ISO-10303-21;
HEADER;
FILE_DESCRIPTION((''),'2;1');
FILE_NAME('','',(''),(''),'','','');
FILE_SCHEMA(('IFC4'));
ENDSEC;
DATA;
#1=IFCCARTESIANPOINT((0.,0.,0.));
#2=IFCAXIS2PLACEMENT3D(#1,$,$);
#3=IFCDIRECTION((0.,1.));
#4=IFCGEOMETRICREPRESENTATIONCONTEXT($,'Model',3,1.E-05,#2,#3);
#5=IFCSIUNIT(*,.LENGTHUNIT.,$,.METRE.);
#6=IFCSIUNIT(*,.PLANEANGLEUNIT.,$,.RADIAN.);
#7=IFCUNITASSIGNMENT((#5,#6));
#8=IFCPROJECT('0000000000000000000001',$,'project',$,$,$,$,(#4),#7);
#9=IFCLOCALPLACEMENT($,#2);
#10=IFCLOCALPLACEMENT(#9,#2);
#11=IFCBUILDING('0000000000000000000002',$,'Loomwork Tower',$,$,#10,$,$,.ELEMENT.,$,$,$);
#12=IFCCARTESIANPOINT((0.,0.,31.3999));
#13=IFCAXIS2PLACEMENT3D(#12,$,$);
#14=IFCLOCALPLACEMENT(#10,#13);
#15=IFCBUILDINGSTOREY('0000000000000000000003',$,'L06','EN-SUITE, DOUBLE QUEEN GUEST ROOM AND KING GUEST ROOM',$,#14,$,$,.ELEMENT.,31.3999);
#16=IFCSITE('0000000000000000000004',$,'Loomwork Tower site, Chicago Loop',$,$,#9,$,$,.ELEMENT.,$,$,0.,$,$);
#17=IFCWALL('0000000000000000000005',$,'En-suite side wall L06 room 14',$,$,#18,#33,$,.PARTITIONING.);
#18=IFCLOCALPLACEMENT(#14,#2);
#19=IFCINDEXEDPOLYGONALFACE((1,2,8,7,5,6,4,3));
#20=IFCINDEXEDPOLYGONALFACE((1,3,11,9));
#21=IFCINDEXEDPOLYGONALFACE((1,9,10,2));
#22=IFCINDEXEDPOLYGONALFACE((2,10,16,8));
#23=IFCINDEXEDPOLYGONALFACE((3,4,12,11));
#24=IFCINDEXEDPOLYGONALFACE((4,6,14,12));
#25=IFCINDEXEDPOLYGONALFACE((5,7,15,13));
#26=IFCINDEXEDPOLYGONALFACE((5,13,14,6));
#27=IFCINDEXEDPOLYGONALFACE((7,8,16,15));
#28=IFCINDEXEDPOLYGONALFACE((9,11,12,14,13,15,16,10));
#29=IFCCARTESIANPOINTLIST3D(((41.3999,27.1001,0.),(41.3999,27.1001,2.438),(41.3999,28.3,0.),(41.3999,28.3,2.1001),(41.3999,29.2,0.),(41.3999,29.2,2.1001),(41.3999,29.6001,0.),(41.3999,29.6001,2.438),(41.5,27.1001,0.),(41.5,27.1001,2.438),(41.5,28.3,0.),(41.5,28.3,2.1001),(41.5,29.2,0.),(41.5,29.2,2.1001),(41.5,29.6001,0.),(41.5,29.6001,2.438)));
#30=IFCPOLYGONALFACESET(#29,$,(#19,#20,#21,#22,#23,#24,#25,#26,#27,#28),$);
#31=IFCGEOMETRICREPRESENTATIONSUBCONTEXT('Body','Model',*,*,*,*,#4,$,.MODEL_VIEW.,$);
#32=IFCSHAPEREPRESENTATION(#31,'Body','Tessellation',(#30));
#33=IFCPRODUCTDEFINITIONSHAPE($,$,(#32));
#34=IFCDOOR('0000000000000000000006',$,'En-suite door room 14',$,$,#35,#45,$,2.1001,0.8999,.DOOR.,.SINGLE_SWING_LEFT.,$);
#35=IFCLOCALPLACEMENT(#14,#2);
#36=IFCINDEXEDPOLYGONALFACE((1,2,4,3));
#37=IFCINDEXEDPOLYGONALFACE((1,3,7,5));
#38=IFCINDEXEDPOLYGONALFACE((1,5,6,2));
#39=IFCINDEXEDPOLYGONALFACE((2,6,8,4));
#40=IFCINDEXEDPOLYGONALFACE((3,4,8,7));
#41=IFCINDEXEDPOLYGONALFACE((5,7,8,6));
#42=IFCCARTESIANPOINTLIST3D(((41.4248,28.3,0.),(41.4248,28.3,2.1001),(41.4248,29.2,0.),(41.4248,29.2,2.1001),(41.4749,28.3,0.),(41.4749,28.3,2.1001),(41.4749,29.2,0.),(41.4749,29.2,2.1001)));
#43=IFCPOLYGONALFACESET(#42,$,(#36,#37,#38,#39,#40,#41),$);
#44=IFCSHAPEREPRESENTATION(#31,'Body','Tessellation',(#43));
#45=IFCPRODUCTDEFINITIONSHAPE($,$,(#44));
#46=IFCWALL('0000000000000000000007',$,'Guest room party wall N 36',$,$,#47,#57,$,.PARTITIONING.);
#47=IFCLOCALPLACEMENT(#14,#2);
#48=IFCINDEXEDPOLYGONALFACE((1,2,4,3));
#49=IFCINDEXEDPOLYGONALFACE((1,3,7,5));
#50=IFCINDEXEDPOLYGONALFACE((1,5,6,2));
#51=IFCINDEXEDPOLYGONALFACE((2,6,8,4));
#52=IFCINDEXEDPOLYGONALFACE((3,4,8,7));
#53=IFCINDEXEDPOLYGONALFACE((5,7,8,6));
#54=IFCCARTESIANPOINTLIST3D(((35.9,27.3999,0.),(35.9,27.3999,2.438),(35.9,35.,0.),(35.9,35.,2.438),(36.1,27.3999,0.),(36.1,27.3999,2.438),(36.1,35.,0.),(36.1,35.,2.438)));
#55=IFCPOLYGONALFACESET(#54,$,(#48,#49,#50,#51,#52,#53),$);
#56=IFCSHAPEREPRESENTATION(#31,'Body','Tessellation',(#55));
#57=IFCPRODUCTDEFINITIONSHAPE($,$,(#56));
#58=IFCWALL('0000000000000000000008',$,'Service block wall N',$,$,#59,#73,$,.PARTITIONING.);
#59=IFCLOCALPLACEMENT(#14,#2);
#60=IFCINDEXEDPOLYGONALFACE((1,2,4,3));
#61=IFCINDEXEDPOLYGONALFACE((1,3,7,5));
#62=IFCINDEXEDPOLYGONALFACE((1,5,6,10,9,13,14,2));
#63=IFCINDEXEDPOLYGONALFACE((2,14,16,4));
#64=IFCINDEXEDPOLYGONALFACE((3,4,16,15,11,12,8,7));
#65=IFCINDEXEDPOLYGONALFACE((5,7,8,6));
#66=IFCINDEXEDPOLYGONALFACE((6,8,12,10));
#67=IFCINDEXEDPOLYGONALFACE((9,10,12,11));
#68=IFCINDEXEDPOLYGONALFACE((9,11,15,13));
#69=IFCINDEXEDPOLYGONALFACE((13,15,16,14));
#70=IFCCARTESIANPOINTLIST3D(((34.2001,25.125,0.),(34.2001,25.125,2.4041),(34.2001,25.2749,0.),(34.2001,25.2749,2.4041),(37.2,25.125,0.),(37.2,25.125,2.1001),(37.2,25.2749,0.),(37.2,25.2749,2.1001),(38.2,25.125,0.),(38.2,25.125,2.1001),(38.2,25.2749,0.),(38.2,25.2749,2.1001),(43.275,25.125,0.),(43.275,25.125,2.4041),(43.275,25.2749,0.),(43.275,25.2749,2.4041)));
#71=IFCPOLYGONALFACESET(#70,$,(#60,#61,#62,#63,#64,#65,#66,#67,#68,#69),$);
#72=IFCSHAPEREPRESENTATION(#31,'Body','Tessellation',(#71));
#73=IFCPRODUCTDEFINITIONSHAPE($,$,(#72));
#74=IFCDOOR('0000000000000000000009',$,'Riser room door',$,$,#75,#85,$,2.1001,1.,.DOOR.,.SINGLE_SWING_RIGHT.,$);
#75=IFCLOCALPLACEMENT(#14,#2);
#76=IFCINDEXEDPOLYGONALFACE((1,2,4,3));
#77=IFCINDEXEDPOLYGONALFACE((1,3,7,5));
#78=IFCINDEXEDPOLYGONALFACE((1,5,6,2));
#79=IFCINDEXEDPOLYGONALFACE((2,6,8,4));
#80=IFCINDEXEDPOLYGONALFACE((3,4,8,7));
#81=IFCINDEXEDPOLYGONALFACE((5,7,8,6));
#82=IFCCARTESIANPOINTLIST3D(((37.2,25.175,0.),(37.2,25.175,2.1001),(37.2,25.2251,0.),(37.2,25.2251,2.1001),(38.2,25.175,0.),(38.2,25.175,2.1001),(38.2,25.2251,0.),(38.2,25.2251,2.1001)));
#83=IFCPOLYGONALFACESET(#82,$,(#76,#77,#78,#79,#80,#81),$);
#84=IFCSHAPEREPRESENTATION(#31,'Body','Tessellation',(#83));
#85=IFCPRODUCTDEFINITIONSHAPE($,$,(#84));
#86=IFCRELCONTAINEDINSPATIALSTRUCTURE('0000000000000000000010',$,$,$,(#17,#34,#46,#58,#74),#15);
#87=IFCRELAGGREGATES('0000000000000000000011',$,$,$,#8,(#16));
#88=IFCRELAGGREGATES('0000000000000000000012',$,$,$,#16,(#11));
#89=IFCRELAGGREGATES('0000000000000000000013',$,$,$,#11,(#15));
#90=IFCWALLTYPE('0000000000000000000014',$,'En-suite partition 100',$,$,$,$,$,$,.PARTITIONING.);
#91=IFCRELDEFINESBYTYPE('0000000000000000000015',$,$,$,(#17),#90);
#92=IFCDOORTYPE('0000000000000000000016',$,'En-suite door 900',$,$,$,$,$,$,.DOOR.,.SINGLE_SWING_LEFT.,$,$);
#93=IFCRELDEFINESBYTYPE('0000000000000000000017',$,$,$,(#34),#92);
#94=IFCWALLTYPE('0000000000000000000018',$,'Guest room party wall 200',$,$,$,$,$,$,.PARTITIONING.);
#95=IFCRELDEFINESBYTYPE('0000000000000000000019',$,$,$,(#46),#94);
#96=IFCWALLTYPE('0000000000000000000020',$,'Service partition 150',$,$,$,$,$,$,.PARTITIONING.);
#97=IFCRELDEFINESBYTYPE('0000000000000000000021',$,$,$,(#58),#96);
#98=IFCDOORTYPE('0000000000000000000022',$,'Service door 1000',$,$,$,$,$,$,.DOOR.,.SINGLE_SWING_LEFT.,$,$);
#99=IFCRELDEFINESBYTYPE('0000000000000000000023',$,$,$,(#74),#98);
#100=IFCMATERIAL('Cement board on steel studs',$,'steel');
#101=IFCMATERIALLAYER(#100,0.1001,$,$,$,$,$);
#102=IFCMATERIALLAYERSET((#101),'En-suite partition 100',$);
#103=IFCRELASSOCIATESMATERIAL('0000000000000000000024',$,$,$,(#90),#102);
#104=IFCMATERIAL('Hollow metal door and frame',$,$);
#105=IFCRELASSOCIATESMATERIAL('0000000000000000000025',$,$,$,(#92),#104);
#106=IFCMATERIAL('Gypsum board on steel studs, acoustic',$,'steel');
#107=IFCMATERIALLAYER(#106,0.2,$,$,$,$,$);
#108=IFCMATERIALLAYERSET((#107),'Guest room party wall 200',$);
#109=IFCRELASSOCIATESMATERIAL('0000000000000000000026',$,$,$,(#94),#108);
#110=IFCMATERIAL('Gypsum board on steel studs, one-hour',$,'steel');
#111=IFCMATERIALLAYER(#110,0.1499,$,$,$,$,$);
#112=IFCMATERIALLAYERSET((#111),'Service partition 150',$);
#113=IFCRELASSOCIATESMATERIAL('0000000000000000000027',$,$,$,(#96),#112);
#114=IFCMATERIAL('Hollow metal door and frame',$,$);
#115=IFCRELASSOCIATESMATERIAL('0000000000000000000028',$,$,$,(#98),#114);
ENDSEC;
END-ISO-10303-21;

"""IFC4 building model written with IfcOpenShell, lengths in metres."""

from ifc_helpers import new_model, si_unit, direction, frame, frame_2d, origin, place, context, subcontext, project, spatial, rectangle, extrude, material, layer, layer_set, type_object, element, fill, save


model = new_model("IFC4")

# Units and contexts
model_context = context("Model", 3, precision=1e-05, world=origin(), true_north=direction((0.0, 1.0)))
body_context = subcontext(model_context, "Body", "Model", "MODEL_VIEW")
ifc_project = project(units=[si_unit("LENGTHUNIT", "METRE"), si_unit("PLANEANGLEUNIT", "RADIAN")], contexts=[model_context])

# Site, building, storey
site_placement = place(None, origin())
site = spatial("IfcSite", under=ifc_project, at=site_placement, Name="Loomwork Tower site, Chicago Loop", CompositionType="ELEMENT", RefElevation=0.0)
building_placement = place(site_placement, origin())
building = spatial("IfcBuilding", under=site, at=building_placement, Name="Loomwork Tower", CompositionType="ELEMENT")
storey_placement = place(building_placement, frame((0.0, 0.0, 31.3999)))
storey = spatial("IfcBuildingStorey", under=building, at=storey_placement, Name="L06", Description="EN-SUITE, DOUBLE QUEEN GUEST ROOM AND KING GUEST ROOM", CompositionType="ELEMENT", Elevation=31.3999)

# Shared definitions
ifc_material_1 = material(Name="Cement board on steel studs", Category="steel")
ifc_layer_1 = layer(ifc_material_1, 0.1001)
ifc_layer_set_1 = layer_set([ifc_layer_1], Name="En-suite partition 100")
wall_type_1 = type_object("IfcWallType", Name="En-suite partition 100", PredefinedType="PARTITIONING", material=ifc_layer_set_1)

# Wall, opening, door
ifc_material_2 = material(Name="Hollow metal door and frame")
door_type_1 = type_object("IfcDoorType", Name="En-suite door 900", OperationType="SINGLE_SWING_LEFT", PredefinedType="DOOR", material=ifc_material_2)
wall_1_placement = place(storey_placement, frame((41.45, 27.1001, 0.0), z_axis=(0.0, 0.0, 1.0), x_axis=(0.0, 1.0, 0.0)))
wall_1 = element("IfcWall", 1, at=wall_1_placement, inside=storey, type_object=wall_type_1, Name="En-suite side wall L06 room 14", PredefinedType="PARTITIONING", context=body_context, shape_type="SweptSolid", body=[
    extrude(rectangle(XDim=2.5, YDim=0.1001, at=frame_2d((1.25, 0.0))), origin(), (0.0, 0.0, 1.0), 2.438),
])
opening_1_placement = place(wall_1_placement, frame((1.2, 0.0, 0.0)))
opening_1 = element("IfcOpeningElement", 2, at=opening_1_placement, cuts=wall_1, PredefinedType="OPENING", context=body_context, shape_type="SweptSolid", body=[
    extrude(rectangle(XDim=0.8999, YDim=2.1001, at=frame_2d((0.45, 1.05))), frame((0.0, 0.0601, 0.0), z_axis=(0.0, -1.0, 0.0), x_axis=(1.0, 0.0, 0.0)), (0.0, 0.0, 1.0), 0.1201),
])
door_1_placement = place(opening_1_placement, frame((0.8999, 0.0, 0.0), z_axis=(0.0, 0.0, 1.0), x_axis=(-1.0, 0.0, 0.0)))
door_1 = element("IfcDoor", 3, at=door_1_placement, inside=storey, type_object=door_type_1, Name="En-suite door room 14", OperationType="SINGLE_SWING_LEFT", OverallHeight=2.1001, OverallWidth=0.8999, PredefinedType="DOOR", context=body_context, shape_type="SweptSolid", body=[
    extrude(rectangle(XDim=0.8999, YDim=2.1001, at=frame_2d((0.45, 1.05))), frame((0.0, 0.0249, 0.0), z_axis=(0.0, -1.0, 0.0), x_axis=(1.0, 0.0, 0.0)), (0.0, 0.0, 1.0), 0.05),
])
fill(opening_1, door_1)

# Wall
ifc_material_3 = material(Name="Gypsum board on steel studs, acoustic", Category="steel")
ifc_layer_2 = layer(ifc_material_3, 0.2)
ifc_layer_set_2 = layer_set([ifc_layer_2], Name="Guest room party wall 200")
wall_type_2 = type_object("IfcWallType", Name="Guest room party wall 200", PredefinedType="PARTITIONING", material=ifc_layer_set_2)
wall_2_placement = place(storey_placement, frame((36.0, 27.3999, 0.0), z_axis=(0.0, 0.0, 1.0), x_axis=(0.0, 1.0, 0.0)))
element("IfcWall", 4, at=wall_2_placement, inside=storey, type_object=wall_type_2, Name="Guest room party wall N 36", PredefinedType="PARTITIONING", context=body_context, shape_type="SweptSolid", body=[
    extrude(rectangle(XDim=7.6001, YDim=0.2, at=frame_2d((3.8, 0.0))), origin(), (0.0, 0.0, 1.0), 2.438),
])

# Wall, opening, door
ifc_material_4 = material(Name="Gypsum board on steel studs, one-hour", Category="steel")
ifc_layer_3 = layer(ifc_material_4, 0.1499)
ifc_layer_set_3 = layer_set([ifc_layer_3], Name="Service partition 150")
wall_type_3 = type_object("IfcWallType", Name="Service partition 150", PredefinedType="PARTITIONING", material=ifc_layer_set_3)
wall_3_placement = place(storey_placement, frame((34.2, 25.2, 0.0), z_axis=(0.0, 0.0, 1.0), x_axis=(1.0, 0.0, 0.0)))
wall_3 = element("IfcWall", 5, at=wall_3_placement, inside=storey, type_object=wall_type_3, Name="Service block wall N", PredefinedType="PARTITIONING", context=body_context, shape_type="SweptSolid", body=[
    extrude(rectangle(XDim=9.075, YDim=0.1499, at=frame_2d((4.5376, 0.0))), origin(), (0.0, 0.0, 1.0), 2.4041),
])
opening_2_placement = place(wall_3_placement, frame((3.0, 0.0, 0.0)))
opening_2 = element("IfcOpeningElement", 6, at=opening_2_placement, cuts=wall_3, PredefinedType="OPENING", context=body_context, shape_type="SweptSolid", body=[
    extrude(rectangle(XDim=1.0, YDim=2.1001, at=frame_2d((0.5, 1.05))), frame((0.0, 0.085, 0.0), z_axis=(0.0, -1.0, 0.0), x_axis=(1.0, 0.0, 0.0)), (0.0, 0.0, 1.0), 0.1699),
])
ifc_material_5 = material(Name="Hollow metal door and frame")
door_type_2 = type_object("IfcDoorType", Name="Service door 1000", OperationType="SINGLE_SWING_LEFT", PredefinedType="DOOR", material=ifc_material_5)
door_2_placement = place(opening_2_placement, frame((1.0, 0.0, 0.0), z_axis=(0.0, 0.0, 1.0), x_axis=(-1.0, 0.0, 0.0)))
door_2 = element("IfcDoor", 7, at=door_2_placement, inside=storey, type_object=door_type_2, Name="Riser room door", OperationType="SINGLE_SWING_RIGHT", OverallHeight=2.1001, OverallWidth=1.0, PredefinedType="DOOR", context=body_context, shape_type="SweptSolid", body=[
    extrude(rectangle(XDim=1.0, YDim=2.1001, at=frame_2d((0.5, 1.05))), frame((0.0, 0.0249, 0.0), z_axis=(0.0, -1.0, 0.0), x_axis=(1.0, 0.0, 0.0)), (0.0, 0.0, 1.0), 0.05),
])
fill(opening_2, door_2)

save(model, "model.ifc")
